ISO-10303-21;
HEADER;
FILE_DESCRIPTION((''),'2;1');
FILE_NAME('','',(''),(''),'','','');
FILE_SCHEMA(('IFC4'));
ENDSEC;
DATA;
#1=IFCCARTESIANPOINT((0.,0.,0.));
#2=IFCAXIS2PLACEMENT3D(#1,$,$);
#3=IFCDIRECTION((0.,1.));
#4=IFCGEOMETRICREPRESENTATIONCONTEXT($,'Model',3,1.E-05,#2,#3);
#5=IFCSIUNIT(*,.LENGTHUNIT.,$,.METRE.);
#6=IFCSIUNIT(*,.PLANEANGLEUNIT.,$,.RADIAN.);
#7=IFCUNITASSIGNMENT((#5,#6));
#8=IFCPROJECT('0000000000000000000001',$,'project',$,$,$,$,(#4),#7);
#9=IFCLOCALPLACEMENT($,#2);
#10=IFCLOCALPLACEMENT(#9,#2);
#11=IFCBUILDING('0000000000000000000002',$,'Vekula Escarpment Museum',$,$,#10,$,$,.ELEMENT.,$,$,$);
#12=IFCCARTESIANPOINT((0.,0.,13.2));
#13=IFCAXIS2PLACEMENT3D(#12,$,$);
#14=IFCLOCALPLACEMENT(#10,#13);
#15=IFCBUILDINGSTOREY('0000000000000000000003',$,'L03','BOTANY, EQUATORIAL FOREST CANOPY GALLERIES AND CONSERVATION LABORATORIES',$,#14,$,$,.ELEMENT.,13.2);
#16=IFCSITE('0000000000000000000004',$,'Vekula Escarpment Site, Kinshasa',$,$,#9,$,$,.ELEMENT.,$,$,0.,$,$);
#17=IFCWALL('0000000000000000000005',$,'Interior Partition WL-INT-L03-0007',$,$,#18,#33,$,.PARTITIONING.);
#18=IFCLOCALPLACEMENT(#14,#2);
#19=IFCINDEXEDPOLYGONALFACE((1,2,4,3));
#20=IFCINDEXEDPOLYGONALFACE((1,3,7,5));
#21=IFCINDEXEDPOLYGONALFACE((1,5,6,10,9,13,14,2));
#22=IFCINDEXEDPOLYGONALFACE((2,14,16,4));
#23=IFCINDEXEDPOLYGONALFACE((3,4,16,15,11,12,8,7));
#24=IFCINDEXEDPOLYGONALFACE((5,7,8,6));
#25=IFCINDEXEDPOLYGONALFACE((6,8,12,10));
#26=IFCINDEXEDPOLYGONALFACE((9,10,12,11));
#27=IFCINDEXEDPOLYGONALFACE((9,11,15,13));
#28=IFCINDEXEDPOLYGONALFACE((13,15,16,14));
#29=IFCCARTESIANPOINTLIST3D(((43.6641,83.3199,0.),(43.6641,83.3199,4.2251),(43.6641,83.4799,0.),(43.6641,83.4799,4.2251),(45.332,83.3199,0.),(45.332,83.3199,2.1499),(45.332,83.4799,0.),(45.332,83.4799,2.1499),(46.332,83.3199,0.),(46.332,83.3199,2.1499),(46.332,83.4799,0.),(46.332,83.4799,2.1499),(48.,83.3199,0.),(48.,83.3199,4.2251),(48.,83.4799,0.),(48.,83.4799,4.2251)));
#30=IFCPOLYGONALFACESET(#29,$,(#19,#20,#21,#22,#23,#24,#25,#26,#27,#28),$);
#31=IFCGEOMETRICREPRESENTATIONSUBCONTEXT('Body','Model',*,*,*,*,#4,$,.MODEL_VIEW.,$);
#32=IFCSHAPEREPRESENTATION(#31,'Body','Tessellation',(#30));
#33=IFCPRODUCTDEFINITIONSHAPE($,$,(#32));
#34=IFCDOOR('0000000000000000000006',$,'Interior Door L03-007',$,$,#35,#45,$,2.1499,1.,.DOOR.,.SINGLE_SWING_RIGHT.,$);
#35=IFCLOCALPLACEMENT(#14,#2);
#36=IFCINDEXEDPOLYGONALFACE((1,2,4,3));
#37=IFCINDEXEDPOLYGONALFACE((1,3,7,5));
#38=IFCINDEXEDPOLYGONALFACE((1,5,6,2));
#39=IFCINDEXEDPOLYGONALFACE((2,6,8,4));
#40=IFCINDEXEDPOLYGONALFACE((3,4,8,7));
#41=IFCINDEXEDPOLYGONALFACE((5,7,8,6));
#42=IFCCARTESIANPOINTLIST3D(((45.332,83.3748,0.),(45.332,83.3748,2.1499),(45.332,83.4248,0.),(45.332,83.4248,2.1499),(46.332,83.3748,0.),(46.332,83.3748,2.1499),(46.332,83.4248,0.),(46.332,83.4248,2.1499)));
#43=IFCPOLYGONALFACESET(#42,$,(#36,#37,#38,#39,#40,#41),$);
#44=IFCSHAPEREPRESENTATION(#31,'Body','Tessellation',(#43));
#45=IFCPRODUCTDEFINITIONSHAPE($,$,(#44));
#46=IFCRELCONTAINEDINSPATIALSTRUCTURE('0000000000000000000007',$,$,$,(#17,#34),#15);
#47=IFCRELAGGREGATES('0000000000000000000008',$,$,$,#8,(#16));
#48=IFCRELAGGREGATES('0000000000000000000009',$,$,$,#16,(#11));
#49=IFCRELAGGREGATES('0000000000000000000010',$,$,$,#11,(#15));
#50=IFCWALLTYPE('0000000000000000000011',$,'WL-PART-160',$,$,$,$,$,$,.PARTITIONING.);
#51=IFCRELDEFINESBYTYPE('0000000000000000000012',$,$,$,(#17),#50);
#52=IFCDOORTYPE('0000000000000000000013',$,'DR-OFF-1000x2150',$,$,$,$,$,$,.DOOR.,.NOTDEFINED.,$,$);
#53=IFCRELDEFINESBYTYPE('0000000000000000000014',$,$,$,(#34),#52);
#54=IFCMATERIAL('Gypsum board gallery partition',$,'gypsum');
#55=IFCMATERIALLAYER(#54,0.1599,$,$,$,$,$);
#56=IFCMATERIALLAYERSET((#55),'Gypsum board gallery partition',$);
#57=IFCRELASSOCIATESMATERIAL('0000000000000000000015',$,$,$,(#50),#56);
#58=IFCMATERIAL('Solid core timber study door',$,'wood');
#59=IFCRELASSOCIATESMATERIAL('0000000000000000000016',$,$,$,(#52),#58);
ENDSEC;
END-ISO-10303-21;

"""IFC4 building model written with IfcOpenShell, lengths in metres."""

from ifc_helpers import new_model, si_unit, direction, frame, frame_2d, origin, place, context, subcontext, project, spatial, rectangle, extrude, material, layer, layer_set, type_object, element, fill, save


model = new_model("IFC4")

# Units and contexts
model_context = context("Model", 3, precision=1e-05, world=origin(), true_north=direction((0.0, 1.0)))
body_context = subcontext(model_context, "Body", "Model", "MODEL_VIEW")
ifc_project = project(units=[si_unit("LENGTHUNIT", "METRE"), si_unit("PLANEANGLEUNIT", "RADIAN")], contexts=[model_context])

# Site, building, storey
site_placement = place(None, origin())
site = spatial("IfcSite", under=ifc_project, at=site_placement, Name="Vekula Escarpment Site, Kinshasa", CompositionType="ELEMENT", RefElevation=0.0)
building_placement = place(site_placement, origin())
building = spatial("IfcBuilding", under=site, at=building_placement, Name="Vekula Escarpment Museum", CompositionType="ELEMENT")
storey_placement = place(building_placement, frame((0.0, 0.0, 13.2)))
storey = spatial("IfcBuildingStorey", under=building, at=storey_placement, Name="L03", Description="BOTANY, EQUATORIAL FOREST CANOPY GALLERIES AND CONSERVATION LABORATORIES", CompositionType="ELEMENT", Elevation=13.2)

# Wall, opening, door
ifc_material_1 = material(Name="Gypsum board gallery partition", Category="gypsum")
ifc_layer_1 = layer(ifc_material_1, 0.1599)
ifc_layer_set_1 = layer_set([ifc_layer_1], Name="Gypsum board gallery partition")
wall_type_1 = type_object("IfcWallType", Name="WL-PART-160", PredefinedType="PARTITIONING", material=ifc_layer_set_1)
wall_1_placement = place(storey_placement, frame((43.6641, 83.3999, 0.0), z_axis=(0.0, 0.0, 1.0), x_axis=(1.0, 0.0, 0.0)))
wall_1 = element("IfcWall", 1, at=wall_1_placement, inside=storey, type_object=wall_type_1, Name="Interior Partition WL-INT-L03-0007", PredefinedType="PARTITIONING", context=body_context, shape_type="SweptSolid", body=[
    extrude(rectangle(XDim=4.3359, YDim=0.1599, at=frame_2d((2.168, 0.0))), origin(), (0.0, 0.0, 1.0), 4.2251),
])
opening_1_placement = place(wall_1_placement, frame((1.668, 0.0, 0.0)))
opening_1 = element("IfcOpeningElement", 2, at=opening_1_placement, cuts=wall_1, PredefinedType="OPENING", context=body_context, shape_type="SweptSolid", body=[
    extrude(rectangle(XDim=1.0, YDim=2.1499, at=frame_2d((0.5, 1.075))), frame((0.0, 0.0898, 0.0), z_axis=(0.0, -1.0, 0.0), x_axis=(1.0, 0.0, 0.0)), (0.0, 0.0, 1.0), 0.1799),
])
ifc_material_2 = material(Name="Solid core timber study door", Category="wood")
door_type_1 = type_object("IfcDoorType", Name="DR-OFF-1000x2150", OperationType="NOTDEFINED", PredefinedType="DOOR", material=ifc_material_2)
door_1_placement = place(opening_1_placement, origin())
door_1 = element("IfcDoor", 3, at=door_1_placement, inside=storey, type_object=door_type_1, Name="Interior Door L03-007", OperationType="SINGLE_SWING_RIGHT", OverallHeight=2.1499, OverallWidth=1.0, PredefinedType="DOOR", context=body_context, shape_type="SweptSolid", body=[
    extrude(rectangle(XDim=1.0, YDim=2.1499, at=frame_2d((0.5, 1.075))), frame((0.0, 0.0249, 0.0), z_axis=(0.0, -1.0, 0.0), x_axis=(1.0, 0.0, 0.0)), (0.0, 0.0, 1.0), 0.05),
])
fill(opening_1, door_1)

save(model, "model.ifc")
